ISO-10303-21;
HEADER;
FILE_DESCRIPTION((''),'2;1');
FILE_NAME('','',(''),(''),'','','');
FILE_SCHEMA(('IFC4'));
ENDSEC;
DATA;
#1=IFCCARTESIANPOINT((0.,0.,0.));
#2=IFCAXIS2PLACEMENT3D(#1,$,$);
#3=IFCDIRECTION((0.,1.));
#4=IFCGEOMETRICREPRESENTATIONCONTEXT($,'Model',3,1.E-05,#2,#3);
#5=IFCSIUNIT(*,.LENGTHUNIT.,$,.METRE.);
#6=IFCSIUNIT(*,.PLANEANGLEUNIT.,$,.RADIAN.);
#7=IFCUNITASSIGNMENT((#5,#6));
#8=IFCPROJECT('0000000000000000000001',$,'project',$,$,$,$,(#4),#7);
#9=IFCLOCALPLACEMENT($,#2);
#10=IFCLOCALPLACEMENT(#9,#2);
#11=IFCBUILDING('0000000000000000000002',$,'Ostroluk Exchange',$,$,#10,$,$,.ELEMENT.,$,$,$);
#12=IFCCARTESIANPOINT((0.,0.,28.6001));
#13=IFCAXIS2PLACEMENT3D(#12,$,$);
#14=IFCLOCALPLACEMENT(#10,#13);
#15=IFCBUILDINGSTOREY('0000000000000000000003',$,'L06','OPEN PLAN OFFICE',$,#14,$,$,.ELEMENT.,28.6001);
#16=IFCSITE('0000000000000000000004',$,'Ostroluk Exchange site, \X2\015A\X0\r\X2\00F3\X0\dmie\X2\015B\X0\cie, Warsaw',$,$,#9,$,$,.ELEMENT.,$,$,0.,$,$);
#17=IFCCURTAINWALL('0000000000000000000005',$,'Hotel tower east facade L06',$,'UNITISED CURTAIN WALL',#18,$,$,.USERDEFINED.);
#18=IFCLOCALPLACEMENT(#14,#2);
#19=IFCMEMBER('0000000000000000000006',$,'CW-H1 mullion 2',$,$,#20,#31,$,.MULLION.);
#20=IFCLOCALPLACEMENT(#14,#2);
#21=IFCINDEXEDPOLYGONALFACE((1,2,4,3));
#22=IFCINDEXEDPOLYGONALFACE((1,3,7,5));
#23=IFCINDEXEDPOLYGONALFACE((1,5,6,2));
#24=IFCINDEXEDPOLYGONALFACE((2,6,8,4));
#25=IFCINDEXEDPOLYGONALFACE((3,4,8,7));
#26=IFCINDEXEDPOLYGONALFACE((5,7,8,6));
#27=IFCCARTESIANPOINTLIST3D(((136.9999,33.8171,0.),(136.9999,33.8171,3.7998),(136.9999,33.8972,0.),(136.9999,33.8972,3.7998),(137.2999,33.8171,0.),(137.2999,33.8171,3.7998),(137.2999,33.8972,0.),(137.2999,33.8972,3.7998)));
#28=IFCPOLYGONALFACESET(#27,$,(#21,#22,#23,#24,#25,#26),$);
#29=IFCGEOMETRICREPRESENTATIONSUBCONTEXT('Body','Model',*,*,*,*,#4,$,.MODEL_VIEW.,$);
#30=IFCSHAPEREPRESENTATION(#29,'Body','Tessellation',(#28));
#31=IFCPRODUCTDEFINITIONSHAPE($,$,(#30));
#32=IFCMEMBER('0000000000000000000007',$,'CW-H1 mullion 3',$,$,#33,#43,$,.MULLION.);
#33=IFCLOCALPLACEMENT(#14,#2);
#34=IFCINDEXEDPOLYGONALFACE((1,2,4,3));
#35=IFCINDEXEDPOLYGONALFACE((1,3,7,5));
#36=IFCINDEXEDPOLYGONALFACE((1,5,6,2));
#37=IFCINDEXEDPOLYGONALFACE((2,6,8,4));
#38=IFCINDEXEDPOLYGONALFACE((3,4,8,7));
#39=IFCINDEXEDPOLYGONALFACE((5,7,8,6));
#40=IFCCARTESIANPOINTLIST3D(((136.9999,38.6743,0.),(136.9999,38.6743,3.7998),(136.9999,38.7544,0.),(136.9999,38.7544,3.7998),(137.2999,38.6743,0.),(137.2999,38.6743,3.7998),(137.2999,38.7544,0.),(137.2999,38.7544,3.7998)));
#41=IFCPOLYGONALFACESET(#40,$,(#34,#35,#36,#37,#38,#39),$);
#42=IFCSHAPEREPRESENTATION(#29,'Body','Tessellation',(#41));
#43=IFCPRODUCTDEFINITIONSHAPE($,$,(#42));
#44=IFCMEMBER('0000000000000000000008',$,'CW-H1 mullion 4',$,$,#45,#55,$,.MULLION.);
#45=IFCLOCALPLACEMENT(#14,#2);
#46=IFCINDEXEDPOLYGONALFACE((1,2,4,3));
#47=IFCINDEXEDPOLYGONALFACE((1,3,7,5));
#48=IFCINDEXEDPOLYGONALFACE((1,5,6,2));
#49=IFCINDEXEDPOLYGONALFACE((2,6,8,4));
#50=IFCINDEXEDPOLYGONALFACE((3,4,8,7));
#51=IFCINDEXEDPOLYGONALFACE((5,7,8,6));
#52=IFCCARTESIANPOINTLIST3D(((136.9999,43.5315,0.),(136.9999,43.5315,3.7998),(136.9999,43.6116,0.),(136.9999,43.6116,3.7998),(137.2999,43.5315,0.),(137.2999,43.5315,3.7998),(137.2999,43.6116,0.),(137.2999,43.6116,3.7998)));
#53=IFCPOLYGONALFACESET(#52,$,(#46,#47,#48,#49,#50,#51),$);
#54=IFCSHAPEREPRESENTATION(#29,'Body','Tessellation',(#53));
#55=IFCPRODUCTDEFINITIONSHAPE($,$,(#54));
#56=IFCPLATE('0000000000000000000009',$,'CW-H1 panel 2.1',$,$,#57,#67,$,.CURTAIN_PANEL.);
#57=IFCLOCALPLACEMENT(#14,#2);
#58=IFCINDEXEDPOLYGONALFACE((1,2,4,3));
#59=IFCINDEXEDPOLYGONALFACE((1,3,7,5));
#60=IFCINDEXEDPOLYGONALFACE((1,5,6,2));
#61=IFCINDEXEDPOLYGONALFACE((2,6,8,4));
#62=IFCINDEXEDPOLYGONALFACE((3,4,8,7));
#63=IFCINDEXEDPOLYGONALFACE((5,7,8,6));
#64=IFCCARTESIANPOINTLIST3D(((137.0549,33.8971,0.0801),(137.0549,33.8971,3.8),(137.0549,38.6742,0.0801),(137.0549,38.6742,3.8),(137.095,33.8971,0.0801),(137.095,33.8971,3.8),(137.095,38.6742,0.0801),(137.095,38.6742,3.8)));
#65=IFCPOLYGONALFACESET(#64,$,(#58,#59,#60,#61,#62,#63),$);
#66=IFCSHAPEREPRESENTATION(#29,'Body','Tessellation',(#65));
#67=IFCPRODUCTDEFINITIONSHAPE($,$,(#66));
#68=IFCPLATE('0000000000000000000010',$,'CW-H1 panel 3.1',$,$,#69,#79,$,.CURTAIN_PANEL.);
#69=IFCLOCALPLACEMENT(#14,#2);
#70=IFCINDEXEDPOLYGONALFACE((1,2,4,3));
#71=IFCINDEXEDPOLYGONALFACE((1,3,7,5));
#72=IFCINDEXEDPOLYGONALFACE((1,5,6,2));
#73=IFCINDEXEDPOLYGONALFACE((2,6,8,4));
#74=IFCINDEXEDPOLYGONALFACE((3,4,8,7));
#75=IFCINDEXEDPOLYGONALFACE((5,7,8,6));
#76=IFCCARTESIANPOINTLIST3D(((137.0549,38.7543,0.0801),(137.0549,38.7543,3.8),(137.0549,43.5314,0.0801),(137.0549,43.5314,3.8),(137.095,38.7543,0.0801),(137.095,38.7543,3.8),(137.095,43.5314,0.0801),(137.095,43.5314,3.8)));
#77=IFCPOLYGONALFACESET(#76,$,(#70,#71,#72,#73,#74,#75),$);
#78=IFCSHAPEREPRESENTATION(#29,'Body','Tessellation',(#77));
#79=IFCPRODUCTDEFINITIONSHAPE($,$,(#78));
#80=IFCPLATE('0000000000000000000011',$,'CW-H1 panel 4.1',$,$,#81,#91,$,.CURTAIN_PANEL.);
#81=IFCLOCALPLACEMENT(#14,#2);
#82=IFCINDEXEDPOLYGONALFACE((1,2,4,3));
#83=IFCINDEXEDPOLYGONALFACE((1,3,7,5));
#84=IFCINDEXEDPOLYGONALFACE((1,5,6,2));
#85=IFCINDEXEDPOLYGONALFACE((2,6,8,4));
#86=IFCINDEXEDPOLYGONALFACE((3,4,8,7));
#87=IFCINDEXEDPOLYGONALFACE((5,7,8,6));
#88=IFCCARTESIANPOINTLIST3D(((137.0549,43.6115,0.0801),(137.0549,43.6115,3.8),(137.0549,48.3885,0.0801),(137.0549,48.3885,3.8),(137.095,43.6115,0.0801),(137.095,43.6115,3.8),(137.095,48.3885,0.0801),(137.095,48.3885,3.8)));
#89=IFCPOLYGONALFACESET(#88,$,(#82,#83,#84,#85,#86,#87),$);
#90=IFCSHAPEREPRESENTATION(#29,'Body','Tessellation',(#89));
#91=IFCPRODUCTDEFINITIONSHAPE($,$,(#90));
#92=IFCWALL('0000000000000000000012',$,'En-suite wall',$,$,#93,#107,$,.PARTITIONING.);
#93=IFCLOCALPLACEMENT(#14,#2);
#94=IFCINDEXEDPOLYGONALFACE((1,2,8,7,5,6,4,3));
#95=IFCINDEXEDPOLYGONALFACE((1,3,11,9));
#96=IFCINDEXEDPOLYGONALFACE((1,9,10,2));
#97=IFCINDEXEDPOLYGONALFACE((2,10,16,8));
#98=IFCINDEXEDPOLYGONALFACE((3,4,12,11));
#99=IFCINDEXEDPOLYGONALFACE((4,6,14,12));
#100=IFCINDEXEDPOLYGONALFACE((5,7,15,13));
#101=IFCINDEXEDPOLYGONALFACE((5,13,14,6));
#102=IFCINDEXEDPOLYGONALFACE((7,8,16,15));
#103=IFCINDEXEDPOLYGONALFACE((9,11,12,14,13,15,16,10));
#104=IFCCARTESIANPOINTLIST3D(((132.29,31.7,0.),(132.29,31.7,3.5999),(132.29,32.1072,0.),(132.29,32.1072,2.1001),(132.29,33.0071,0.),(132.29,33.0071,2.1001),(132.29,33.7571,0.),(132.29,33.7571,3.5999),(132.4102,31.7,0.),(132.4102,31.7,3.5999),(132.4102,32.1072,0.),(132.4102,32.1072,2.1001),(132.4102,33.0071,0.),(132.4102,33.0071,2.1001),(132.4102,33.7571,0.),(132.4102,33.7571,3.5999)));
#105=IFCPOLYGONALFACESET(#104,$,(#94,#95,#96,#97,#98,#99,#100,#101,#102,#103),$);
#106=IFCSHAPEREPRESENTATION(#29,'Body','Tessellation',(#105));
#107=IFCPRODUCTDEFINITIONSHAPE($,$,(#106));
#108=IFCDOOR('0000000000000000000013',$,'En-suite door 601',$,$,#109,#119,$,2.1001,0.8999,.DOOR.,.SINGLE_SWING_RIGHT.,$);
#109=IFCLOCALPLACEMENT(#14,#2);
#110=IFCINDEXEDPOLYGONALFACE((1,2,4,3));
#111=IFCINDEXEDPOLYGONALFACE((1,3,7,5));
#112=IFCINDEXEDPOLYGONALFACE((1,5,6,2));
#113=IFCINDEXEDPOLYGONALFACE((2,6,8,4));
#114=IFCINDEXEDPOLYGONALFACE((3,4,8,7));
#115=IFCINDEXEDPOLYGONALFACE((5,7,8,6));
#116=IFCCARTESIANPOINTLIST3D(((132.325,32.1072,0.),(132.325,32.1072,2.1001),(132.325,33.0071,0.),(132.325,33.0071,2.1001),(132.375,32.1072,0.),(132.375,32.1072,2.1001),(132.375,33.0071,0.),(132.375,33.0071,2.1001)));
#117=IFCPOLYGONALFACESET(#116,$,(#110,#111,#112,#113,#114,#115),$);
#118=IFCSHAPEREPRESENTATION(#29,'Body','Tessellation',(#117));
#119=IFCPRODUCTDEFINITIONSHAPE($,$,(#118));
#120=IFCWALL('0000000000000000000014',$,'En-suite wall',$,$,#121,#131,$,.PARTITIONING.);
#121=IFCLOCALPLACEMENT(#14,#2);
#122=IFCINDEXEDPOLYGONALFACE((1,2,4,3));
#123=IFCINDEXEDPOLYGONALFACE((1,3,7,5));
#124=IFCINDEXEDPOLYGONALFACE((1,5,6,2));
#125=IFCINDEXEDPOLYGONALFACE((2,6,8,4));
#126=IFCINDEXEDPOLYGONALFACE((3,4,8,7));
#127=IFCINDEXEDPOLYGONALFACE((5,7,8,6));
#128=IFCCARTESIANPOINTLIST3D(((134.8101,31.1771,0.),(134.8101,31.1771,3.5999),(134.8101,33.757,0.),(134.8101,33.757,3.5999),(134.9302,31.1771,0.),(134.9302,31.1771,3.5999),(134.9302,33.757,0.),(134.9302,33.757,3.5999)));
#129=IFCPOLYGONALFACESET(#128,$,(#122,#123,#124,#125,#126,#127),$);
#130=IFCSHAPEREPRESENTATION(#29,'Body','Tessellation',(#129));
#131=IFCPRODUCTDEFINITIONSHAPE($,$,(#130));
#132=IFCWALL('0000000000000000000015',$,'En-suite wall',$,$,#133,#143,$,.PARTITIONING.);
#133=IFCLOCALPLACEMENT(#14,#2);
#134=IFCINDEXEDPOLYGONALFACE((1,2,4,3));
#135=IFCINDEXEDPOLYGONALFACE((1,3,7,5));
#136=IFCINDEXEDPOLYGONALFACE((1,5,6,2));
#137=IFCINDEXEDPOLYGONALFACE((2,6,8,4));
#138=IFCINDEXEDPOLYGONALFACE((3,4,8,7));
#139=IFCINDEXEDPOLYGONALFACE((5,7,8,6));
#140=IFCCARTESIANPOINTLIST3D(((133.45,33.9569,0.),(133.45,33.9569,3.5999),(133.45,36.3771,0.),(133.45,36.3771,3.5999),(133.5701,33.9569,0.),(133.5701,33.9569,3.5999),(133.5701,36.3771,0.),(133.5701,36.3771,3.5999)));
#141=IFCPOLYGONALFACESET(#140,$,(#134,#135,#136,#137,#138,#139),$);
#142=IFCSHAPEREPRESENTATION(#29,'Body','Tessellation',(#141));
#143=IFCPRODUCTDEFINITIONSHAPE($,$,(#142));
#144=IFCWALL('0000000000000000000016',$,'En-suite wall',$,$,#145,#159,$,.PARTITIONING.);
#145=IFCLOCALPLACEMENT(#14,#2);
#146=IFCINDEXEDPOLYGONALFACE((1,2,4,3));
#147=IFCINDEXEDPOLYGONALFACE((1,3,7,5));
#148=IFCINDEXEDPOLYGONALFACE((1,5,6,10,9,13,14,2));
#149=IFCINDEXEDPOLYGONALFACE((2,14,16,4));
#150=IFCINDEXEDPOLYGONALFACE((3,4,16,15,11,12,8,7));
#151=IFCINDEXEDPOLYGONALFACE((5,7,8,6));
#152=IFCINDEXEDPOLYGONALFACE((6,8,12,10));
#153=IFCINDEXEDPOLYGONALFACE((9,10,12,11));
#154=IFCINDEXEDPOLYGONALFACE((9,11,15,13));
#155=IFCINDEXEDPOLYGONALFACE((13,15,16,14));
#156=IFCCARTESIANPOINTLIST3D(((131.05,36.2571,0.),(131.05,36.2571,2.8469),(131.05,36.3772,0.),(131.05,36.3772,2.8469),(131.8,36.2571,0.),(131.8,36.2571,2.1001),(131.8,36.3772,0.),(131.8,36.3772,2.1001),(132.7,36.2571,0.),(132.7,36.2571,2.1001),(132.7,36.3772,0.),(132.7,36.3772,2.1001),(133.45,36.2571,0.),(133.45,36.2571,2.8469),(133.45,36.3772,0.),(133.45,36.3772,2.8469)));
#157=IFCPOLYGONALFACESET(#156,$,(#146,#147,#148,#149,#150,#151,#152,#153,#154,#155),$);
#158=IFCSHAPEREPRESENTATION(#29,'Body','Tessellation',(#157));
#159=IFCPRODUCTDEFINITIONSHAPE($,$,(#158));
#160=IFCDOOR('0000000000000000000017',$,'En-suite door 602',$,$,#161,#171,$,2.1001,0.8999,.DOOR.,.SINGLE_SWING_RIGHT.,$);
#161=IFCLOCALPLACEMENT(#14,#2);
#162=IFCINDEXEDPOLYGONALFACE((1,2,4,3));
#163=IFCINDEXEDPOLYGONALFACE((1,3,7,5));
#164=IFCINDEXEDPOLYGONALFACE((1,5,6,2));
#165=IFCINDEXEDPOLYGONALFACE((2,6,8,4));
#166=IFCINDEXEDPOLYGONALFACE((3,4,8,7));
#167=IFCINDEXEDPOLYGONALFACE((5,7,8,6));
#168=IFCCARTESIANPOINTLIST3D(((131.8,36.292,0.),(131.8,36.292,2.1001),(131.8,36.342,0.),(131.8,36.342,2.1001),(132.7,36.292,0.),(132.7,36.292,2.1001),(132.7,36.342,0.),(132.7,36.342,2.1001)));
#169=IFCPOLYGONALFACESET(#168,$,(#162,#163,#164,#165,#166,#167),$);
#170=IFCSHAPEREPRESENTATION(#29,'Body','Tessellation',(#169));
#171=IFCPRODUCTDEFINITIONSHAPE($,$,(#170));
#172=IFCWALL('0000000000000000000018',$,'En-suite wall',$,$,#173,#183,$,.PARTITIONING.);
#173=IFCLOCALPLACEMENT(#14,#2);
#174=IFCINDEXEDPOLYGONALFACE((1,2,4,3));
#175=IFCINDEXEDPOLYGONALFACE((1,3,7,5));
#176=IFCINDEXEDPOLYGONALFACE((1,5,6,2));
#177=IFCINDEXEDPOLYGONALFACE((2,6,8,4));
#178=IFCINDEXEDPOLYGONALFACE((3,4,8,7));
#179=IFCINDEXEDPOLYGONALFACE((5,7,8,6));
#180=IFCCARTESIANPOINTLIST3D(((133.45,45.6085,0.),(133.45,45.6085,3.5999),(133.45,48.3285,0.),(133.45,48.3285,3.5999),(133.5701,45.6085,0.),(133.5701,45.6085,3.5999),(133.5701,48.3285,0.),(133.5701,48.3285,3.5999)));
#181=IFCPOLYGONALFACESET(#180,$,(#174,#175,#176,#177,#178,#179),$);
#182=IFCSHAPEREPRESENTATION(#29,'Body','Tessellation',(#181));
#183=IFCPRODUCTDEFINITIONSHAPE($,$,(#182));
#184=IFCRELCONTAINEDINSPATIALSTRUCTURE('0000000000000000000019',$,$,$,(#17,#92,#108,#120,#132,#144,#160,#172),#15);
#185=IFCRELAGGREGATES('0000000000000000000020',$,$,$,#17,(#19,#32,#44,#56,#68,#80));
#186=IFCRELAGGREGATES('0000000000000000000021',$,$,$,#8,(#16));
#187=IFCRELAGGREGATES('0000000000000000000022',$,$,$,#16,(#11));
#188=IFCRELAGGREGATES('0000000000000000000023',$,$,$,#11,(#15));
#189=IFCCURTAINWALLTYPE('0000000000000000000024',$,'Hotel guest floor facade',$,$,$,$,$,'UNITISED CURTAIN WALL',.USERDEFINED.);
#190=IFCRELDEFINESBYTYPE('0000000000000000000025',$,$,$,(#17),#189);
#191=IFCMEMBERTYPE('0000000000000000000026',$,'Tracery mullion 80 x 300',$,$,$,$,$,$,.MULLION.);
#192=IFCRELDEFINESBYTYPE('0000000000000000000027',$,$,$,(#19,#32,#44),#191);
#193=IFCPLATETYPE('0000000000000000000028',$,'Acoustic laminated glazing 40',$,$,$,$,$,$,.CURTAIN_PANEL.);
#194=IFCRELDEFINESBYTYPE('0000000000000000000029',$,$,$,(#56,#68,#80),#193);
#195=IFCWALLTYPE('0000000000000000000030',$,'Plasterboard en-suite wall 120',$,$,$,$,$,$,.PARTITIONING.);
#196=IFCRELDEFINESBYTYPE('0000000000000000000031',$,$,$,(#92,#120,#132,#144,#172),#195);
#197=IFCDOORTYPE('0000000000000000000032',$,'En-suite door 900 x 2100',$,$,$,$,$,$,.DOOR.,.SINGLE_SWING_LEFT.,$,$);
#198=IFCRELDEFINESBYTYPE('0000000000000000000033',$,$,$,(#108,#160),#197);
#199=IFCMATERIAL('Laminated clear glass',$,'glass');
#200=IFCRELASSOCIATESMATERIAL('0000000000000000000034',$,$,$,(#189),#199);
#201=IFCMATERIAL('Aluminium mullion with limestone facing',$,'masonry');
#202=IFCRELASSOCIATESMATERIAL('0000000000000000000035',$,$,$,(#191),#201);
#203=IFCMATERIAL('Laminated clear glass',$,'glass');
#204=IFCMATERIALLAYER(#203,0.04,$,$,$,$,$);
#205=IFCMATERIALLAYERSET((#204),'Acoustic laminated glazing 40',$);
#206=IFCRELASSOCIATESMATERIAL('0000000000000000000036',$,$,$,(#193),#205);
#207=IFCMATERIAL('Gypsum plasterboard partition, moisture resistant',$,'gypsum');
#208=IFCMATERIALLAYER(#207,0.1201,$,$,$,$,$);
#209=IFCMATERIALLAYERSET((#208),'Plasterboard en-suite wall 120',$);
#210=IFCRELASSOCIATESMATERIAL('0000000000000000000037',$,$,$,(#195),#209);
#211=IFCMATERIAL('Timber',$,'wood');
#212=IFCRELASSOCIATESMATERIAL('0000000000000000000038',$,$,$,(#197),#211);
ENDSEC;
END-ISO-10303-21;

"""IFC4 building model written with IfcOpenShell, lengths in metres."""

from ifc_helpers import new_model, si_unit, direction, frame, frame_2d, origin, origin_2d, place, context, subcontext, project, spatial, rectangle, extrude, material, layer, layer_set, material_profile, profile_set, type_object, element, fill, aggregate, save


model = new_model("IFC4")

# Units and contexts
model_context = context("Model", 3, precision=1e-05, world=origin(), true_north=direction((0.0, 1.0)))
body_context = subcontext(model_context, "Body", "Model", "MODEL_VIEW")
ifc_project = project(units=[si_unit("LENGTHUNIT", "METRE"), si_unit("PLANEANGLEUNIT", "RADIAN")], contexts=[model_context])

# Site, building, storey
site_placement = place(None, origin())
site = spatial("IfcSite", under=ifc_project, at=site_placement, Name="Ostroluk Exchange site, Śródmieście, Warsaw", CompositionType="ELEMENT", RefElevation=0.0)
building_placement = place(site_placement, origin())
building = spatial("IfcBuilding", under=site, at=building_placement, Name="Ostroluk Exchange", CompositionType="ELEMENT")
storey_placement = place(building_placement, frame((0.0, 0.0, 28.6001)))
storey = spatial("IfcBuildingStorey", under=building, at=storey_placement, Name="L06", Description="OPEN PLAN OFFICE", CompositionType="ELEMENT", Elevation=28.6001)

# Curtain wall, members, plates
ifc_material_1 = material(Name="Laminated clear glass", Category="glass")
curtain_wall_type = type_object("IfcCurtainWallType", Name="Hotel guest floor facade", ElementType="UNITISED CURTAIN WALL", PredefinedType="USERDEFINED", material=ifc_material_1)
curtain_wall_placement = place(storey_placement, origin())
curtain_wall = element("IfcCurtainWall", 1, at=curtain_wall_placement, inside=storey, type_object=curtain_wall_type, Name="Hotel tower east facade L06", ObjectType="UNITISED CURTAIN WALL", PredefinedType="USERDEFINED")
ifc_material_2 = material(Name="Aluminium mullion with limestone facing", Category="masonry")
ifc_material_profile_1 = material_profile(ifc_material_2, rectangle(XDim=0.3, YDim=0.0801, at=origin_2d()), Name="Tracery mullion 80 x 300")
ifc_profile_set_1 = profile_set([ifc_material_profile_1], Name="Aluminium mullion with limestone facing")
member_type_1 = type_object("IfcMemberType", Name="Tracery mullion 80 x 300", PredefinedType="MULLION", material=ifc_profile_set_1)
member_1_placement = place(storey_placement, frame((137.1499, 33.8572, 0.0), z_axis=(0.0, 0.0, 1.0), x_axis=(-1.0, 0.0, 0.0)))
member_1 = element("IfcMember", 2, at=member_1_placement, type_object=member_type_1, Name="CW-H1 mullion 2", PredefinedType="MULLION", context=body_context, shape_type="SweptSolid", body=[
    extrude(rectangle(XDim=0.3, YDim=0.0801, at=origin_2d()), origin(), (0.0, 0.0, 1.0), 3.7998),
])
member_2_placement = place(storey_placement, frame((137.1499, 38.7144, 0.0), z_axis=(0.0, 0.0, 1.0), x_axis=(-1.0, 0.0, 0.0)))
member_2 = element("IfcMember", 3, at=member_2_placement, type_object=member_type_1, Name="CW-H1 mullion 3", PredefinedType="MULLION", context=body_context, shape_type="SweptSolid", body=[
    extrude(rectangle(XDim=0.3, YDim=0.0801, at=origin_2d()), origin(), (0.0, 0.0, 1.0), 3.7998),
])
member_3_placement = place(storey_placement, frame((137.1499, 43.5715, 0.0), z_axis=(0.0, 0.0, 1.0), x_axis=(-1.0, 0.0, 0.0)))
member_3 = element("IfcMember", 4, at=member_3_placement, type_object=member_type_1, Name="CW-H1 mullion 4", PredefinedType="MULLION", context=body_context, shape_type="SweptSolid", body=[
    extrude(rectangle(XDim=0.3, YDim=0.0801, at=origin_2d()), origin(), (0.0, 0.0, 1.0), 3.7998),
])
ifc_material_3 = material(Name="Laminated clear glass", Category="glass")
ifc_layer_1 = layer(ifc_material_3, 0.04)
ifc_layer_set_1 = layer_set([ifc_layer_1], Name="Acoustic laminated glazing 40")
plate_type = type_object("IfcPlateType", Name="Acoustic laminated glazing 40", PredefinedType="CURTAIN_PANEL", material=ifc_layer_set_1)
plate_1_placement = place(storey_placement, frame((137.075, 36.2856, 0.0801), z_axis=(0.0, 0.0, 1.0), x_axis=(0.0, 1.0, 0.0)))
plate_1 = element("IfcPlate", 5, at=plate_1_placement, type_object=plate_type, Name="CW-H1 panel 2.1", PredefinedType="CURTAIN_PANEL", context=body_context, shape_type="SweptSolid", body=[
    extrude(rectangle(XDim=4.7771, YDim=0.04, at=origin_2d()), origin(), (0.0, 0.0, 1.0), 3.72),
])
plate_2_placement = place(storey_placement, frame((137.075, 41.1428, 0.0801), z_axis=(0.0, 0.0, 1.0), x_axis=(0.0, 1.0, 0.0)))
plate_2 = element("IfcPlate", 6, at=plate_2_placement, type_object=plate_type, Name="CW-H1 panel 3.1", PredefinedType="CURTAIN_PANEL", context=body_context, shape_type="SweptSolid", body=[
    extrude(rectangle(XDim=4.7771, YDim=0.04, at=origin_2d()), origin(), (0.0, 0.0, 1.0), 3.72),
])
plate_3_placement = place(storey_placement, frame((137.075, 46.0, 0.0801), z_axis=(0.0, 0.0, 1.0), x_axis=(0.0, 1.0, 0.0)))
plate_3 = element("IfcPlate", 7, at=plate_3_placement, type_object=plate_type, Name="CW-H1 panel 4.1", PredefinedType="CURTAIN_PANEL", context=body_context, shape_type="SweptSolid", body=[
    extrude(rectangle(XDim=4.7771, YDim=0.04, at=origin_2d()), origin(), (0.0, 0.0, 1.0), 3.72),
])
aggregate(curtain_wall, [member_1, member_2, member_3, plate_1, plate_2, plate_3])

# Wall, opening, door
ifc_material_4 = material(Name="Gypsum plasterboard partition, moisture resistant", Category="gypsum")
ifc_layer_2 = layer(ifc_material_4, 0.1201)
ifc_layer_set_2 = layer_set([ifc_layer_2], Name="Plasterboard en-suite wall 120")
wall_type_1 = type_object("IfcWallType", Name="Plasterboard en-suite wall 120", PredefinedType="PARTITIONING", material=ifc_layer_set_2)
wall_1_placement = place(storey_placement, frame((132.3501, 33.7571, 0.0), z_axis=(0.0, 0.0, 1.0), x_axis=(0.0, -1.0, 0.0)))
wall_1 = element("IfcWall", 8, at=wall_1_placement, inside=storey, type_object=wall_type_1, Name="En-suite wall", PredefinedType="PARTITIONING", context=body_context, shape_type="SweptSolid", body=[
    extrude(rectangle(XDim=2.0571, YDim=0.1201, at=frame_2d((1.0286, 0.0))), origin(), (0.0, 0.0, 1.0), 3.5999),
])
opening_1_placement = place(wall_1_placement, frame((0.75, 0.0, 0.0)))
opening_1 = element("IfcOpeningElement", 9, at=opening_1_placement, cuts=wall_1, PredefinedType="OPENING", context=body_context, shape_type="SweptSolid", body=[
    extrude(rectangle(XDim=0.8999, YDim=2.1001, at=frame_2d((0.45, 1.05))), frame((0.0, 0.0701, 0.0), z_axis=(0.0, -1.0, 0.0), x_axis=(1.0, 0.0, 0.0)), (0.0, 0.0, 1.0), 0.1401),
])
ifc_material_5 = material(Name="Timber", Category="wood")
door_type_1 = type_object("IfcDoorType", Name="En-suite door 900 x 2100", OperationType="SINGLE_SWING_LEFT", PredefinedType="DOOR", material=ifc_material_5)
door_1_placement = place(opening_1_placement, origin())
door_1 = element("IfcDoor", 10, at=door_1_placement, inside=storey, type_object=door_type_1, Name="En-suite door 601", OperationType="SINGLE_SWING_RIGHT", OverallHeight=2.1001, OverallWidth=0.8999, PredefinedType="DOOR", context=body_context, shape_type="SweptSolid", body=[
    extrude(rectangle(XDim=0.8999, YDim=2.1001, at=frame_2d((0.45, 1.05))), frame((0.0, 0.0249, 0.0), z_axis=(0.0, -1.0, 0.0), x_axis=(1.0, 0.0, 0.0)), (0.0, 0.0, 1.0), 0.05),
])
fill(opening_1, door_1)

# Walls
wall_2_placement = place(storey_placement, frame((134.8701, 33.7571, 0.0), z_axis=(0.0, 0.0, 1.0), x_axis=(0.0, -1.0, 0.0)))
element("IfcWall", 11, at=wall_2_placement, inside=storey, type_object=wall_type_1, Name="En-suite wall", PredefinedType="PARTITIONING", context=body_context, shape_type="SweptSolid", body=[
    extrude(rectangle(XDim=2.5798, YDim=0.1201, at=frame_2d((1.29, 0.0))), origin(), (0.0, 0.0, 1.0), 3.5999),
])
wall_3_placement = place(storey_placement, frame((133.51, 33.957, 0.0), z_axis=(0.0, 0.0, 1.0), x_axis=(0.0, 1.0, 0.0)))
element("IfcWall", 12, at=wall_3_placement, inside=storey, type_object=wall_type_1, Name="En-suite wall", PredefinedType="PARTITIONING", context=body_context, shape_type="SweptSolid", body=[
    extrude(rectangle(XDim=2.4202, YDim=0.1201, at=frame_2d((1.21, 0.0))), origin(), (0.0, 0.0, 1.0), 3.5999),
])

# Wall, opening, door
wall_4_placement = place(storey_placement, frame((131.05, 36.3171, 0.0), z_axis=(0.0, 0.0, 1.0), x_axis=(1.0, 0.0, 0.0)))
wall_4 = element("IfcWall", 13, at=wall_4_placement, inside=storey, type_object=wall_type_1, Name="En-suite wall", PredefinedType="PARTITIONING", context=body_context, shape_type="SweptSolid", body=[
    extrude(rectangle(XDim=2.3999, YDim=0.1201, at=frame_2d((1.2, 0.0))), origin(), (0.0, 0.0, 1.0), 2.8469),
])
opening_2_placement = place(wall_4_placement, frame((0.75, 0.0, 0.0)))
opening_2 = element("IfcOpeningElement", 14, at=opening_2_placement, cuts=wall_4, PredefinedType="OPENING", context=body_context, shape_type="SweptSolid", body=[
    extrude(rectangle(XDim=0.8999, YDim=2.1001, at=frame_2d((0.45, 1.05))), frame((0.0, 0.0701, 0.0), z_axis=(0.0, -1.0, 0.0), x_axis=(1.0, 0.0, 0.0)), (0.0, 0.0, 1.0), 0.1401),
])
door_2_placement = place(opening_2_placement, origin())
door_2 = element("IfcDoor", 15, at=door_2_placement, inside=storey, type_object=door_type_1, Name="En-suite door 602", OperationType="SINGLE_SWING_RIGHT", OverallHeight=2.1001, OverallWidth=0.8999, PredefinedType="DOOR", context=body_context, shape_type="SweptSolid", body=[
    extrude(rectangle(XDim=0.8999, YDim=2.1001, at=frame_2d((0.45, 1.05))), frame((0.0, 0.0249, 0.0), z_axis=(0.0, -1.0, 0.0), x_axis=(1.0, 0.0, 0.0)), (0.0, 0.0, 1.0), 0.05),
])
fill(opening_2, door_2)

# Wall
wall_5_placement = place(storey_placement, frame((133.51, 45.6086, 0.0), z_axis=(0.0, 0.0, 1.0), x_axis=(0.0, 1.0, 0.0)))
element("IfcWall", 16, at=wall_5_placement, inside=storey, type_object=wall_type_1, Name="En-suite wall", PredefinedType="PARTITIONING", context=body_context, shape_type="SweptSolid", body=[
    extrude(rectangle(XDim=2.72, YDim=0.1201, at=frame_2d((1.3599, 0.0))), origin(), (0.0, 0.0, 1.0), 3.5999),
])

save(model, "model.ifc")
